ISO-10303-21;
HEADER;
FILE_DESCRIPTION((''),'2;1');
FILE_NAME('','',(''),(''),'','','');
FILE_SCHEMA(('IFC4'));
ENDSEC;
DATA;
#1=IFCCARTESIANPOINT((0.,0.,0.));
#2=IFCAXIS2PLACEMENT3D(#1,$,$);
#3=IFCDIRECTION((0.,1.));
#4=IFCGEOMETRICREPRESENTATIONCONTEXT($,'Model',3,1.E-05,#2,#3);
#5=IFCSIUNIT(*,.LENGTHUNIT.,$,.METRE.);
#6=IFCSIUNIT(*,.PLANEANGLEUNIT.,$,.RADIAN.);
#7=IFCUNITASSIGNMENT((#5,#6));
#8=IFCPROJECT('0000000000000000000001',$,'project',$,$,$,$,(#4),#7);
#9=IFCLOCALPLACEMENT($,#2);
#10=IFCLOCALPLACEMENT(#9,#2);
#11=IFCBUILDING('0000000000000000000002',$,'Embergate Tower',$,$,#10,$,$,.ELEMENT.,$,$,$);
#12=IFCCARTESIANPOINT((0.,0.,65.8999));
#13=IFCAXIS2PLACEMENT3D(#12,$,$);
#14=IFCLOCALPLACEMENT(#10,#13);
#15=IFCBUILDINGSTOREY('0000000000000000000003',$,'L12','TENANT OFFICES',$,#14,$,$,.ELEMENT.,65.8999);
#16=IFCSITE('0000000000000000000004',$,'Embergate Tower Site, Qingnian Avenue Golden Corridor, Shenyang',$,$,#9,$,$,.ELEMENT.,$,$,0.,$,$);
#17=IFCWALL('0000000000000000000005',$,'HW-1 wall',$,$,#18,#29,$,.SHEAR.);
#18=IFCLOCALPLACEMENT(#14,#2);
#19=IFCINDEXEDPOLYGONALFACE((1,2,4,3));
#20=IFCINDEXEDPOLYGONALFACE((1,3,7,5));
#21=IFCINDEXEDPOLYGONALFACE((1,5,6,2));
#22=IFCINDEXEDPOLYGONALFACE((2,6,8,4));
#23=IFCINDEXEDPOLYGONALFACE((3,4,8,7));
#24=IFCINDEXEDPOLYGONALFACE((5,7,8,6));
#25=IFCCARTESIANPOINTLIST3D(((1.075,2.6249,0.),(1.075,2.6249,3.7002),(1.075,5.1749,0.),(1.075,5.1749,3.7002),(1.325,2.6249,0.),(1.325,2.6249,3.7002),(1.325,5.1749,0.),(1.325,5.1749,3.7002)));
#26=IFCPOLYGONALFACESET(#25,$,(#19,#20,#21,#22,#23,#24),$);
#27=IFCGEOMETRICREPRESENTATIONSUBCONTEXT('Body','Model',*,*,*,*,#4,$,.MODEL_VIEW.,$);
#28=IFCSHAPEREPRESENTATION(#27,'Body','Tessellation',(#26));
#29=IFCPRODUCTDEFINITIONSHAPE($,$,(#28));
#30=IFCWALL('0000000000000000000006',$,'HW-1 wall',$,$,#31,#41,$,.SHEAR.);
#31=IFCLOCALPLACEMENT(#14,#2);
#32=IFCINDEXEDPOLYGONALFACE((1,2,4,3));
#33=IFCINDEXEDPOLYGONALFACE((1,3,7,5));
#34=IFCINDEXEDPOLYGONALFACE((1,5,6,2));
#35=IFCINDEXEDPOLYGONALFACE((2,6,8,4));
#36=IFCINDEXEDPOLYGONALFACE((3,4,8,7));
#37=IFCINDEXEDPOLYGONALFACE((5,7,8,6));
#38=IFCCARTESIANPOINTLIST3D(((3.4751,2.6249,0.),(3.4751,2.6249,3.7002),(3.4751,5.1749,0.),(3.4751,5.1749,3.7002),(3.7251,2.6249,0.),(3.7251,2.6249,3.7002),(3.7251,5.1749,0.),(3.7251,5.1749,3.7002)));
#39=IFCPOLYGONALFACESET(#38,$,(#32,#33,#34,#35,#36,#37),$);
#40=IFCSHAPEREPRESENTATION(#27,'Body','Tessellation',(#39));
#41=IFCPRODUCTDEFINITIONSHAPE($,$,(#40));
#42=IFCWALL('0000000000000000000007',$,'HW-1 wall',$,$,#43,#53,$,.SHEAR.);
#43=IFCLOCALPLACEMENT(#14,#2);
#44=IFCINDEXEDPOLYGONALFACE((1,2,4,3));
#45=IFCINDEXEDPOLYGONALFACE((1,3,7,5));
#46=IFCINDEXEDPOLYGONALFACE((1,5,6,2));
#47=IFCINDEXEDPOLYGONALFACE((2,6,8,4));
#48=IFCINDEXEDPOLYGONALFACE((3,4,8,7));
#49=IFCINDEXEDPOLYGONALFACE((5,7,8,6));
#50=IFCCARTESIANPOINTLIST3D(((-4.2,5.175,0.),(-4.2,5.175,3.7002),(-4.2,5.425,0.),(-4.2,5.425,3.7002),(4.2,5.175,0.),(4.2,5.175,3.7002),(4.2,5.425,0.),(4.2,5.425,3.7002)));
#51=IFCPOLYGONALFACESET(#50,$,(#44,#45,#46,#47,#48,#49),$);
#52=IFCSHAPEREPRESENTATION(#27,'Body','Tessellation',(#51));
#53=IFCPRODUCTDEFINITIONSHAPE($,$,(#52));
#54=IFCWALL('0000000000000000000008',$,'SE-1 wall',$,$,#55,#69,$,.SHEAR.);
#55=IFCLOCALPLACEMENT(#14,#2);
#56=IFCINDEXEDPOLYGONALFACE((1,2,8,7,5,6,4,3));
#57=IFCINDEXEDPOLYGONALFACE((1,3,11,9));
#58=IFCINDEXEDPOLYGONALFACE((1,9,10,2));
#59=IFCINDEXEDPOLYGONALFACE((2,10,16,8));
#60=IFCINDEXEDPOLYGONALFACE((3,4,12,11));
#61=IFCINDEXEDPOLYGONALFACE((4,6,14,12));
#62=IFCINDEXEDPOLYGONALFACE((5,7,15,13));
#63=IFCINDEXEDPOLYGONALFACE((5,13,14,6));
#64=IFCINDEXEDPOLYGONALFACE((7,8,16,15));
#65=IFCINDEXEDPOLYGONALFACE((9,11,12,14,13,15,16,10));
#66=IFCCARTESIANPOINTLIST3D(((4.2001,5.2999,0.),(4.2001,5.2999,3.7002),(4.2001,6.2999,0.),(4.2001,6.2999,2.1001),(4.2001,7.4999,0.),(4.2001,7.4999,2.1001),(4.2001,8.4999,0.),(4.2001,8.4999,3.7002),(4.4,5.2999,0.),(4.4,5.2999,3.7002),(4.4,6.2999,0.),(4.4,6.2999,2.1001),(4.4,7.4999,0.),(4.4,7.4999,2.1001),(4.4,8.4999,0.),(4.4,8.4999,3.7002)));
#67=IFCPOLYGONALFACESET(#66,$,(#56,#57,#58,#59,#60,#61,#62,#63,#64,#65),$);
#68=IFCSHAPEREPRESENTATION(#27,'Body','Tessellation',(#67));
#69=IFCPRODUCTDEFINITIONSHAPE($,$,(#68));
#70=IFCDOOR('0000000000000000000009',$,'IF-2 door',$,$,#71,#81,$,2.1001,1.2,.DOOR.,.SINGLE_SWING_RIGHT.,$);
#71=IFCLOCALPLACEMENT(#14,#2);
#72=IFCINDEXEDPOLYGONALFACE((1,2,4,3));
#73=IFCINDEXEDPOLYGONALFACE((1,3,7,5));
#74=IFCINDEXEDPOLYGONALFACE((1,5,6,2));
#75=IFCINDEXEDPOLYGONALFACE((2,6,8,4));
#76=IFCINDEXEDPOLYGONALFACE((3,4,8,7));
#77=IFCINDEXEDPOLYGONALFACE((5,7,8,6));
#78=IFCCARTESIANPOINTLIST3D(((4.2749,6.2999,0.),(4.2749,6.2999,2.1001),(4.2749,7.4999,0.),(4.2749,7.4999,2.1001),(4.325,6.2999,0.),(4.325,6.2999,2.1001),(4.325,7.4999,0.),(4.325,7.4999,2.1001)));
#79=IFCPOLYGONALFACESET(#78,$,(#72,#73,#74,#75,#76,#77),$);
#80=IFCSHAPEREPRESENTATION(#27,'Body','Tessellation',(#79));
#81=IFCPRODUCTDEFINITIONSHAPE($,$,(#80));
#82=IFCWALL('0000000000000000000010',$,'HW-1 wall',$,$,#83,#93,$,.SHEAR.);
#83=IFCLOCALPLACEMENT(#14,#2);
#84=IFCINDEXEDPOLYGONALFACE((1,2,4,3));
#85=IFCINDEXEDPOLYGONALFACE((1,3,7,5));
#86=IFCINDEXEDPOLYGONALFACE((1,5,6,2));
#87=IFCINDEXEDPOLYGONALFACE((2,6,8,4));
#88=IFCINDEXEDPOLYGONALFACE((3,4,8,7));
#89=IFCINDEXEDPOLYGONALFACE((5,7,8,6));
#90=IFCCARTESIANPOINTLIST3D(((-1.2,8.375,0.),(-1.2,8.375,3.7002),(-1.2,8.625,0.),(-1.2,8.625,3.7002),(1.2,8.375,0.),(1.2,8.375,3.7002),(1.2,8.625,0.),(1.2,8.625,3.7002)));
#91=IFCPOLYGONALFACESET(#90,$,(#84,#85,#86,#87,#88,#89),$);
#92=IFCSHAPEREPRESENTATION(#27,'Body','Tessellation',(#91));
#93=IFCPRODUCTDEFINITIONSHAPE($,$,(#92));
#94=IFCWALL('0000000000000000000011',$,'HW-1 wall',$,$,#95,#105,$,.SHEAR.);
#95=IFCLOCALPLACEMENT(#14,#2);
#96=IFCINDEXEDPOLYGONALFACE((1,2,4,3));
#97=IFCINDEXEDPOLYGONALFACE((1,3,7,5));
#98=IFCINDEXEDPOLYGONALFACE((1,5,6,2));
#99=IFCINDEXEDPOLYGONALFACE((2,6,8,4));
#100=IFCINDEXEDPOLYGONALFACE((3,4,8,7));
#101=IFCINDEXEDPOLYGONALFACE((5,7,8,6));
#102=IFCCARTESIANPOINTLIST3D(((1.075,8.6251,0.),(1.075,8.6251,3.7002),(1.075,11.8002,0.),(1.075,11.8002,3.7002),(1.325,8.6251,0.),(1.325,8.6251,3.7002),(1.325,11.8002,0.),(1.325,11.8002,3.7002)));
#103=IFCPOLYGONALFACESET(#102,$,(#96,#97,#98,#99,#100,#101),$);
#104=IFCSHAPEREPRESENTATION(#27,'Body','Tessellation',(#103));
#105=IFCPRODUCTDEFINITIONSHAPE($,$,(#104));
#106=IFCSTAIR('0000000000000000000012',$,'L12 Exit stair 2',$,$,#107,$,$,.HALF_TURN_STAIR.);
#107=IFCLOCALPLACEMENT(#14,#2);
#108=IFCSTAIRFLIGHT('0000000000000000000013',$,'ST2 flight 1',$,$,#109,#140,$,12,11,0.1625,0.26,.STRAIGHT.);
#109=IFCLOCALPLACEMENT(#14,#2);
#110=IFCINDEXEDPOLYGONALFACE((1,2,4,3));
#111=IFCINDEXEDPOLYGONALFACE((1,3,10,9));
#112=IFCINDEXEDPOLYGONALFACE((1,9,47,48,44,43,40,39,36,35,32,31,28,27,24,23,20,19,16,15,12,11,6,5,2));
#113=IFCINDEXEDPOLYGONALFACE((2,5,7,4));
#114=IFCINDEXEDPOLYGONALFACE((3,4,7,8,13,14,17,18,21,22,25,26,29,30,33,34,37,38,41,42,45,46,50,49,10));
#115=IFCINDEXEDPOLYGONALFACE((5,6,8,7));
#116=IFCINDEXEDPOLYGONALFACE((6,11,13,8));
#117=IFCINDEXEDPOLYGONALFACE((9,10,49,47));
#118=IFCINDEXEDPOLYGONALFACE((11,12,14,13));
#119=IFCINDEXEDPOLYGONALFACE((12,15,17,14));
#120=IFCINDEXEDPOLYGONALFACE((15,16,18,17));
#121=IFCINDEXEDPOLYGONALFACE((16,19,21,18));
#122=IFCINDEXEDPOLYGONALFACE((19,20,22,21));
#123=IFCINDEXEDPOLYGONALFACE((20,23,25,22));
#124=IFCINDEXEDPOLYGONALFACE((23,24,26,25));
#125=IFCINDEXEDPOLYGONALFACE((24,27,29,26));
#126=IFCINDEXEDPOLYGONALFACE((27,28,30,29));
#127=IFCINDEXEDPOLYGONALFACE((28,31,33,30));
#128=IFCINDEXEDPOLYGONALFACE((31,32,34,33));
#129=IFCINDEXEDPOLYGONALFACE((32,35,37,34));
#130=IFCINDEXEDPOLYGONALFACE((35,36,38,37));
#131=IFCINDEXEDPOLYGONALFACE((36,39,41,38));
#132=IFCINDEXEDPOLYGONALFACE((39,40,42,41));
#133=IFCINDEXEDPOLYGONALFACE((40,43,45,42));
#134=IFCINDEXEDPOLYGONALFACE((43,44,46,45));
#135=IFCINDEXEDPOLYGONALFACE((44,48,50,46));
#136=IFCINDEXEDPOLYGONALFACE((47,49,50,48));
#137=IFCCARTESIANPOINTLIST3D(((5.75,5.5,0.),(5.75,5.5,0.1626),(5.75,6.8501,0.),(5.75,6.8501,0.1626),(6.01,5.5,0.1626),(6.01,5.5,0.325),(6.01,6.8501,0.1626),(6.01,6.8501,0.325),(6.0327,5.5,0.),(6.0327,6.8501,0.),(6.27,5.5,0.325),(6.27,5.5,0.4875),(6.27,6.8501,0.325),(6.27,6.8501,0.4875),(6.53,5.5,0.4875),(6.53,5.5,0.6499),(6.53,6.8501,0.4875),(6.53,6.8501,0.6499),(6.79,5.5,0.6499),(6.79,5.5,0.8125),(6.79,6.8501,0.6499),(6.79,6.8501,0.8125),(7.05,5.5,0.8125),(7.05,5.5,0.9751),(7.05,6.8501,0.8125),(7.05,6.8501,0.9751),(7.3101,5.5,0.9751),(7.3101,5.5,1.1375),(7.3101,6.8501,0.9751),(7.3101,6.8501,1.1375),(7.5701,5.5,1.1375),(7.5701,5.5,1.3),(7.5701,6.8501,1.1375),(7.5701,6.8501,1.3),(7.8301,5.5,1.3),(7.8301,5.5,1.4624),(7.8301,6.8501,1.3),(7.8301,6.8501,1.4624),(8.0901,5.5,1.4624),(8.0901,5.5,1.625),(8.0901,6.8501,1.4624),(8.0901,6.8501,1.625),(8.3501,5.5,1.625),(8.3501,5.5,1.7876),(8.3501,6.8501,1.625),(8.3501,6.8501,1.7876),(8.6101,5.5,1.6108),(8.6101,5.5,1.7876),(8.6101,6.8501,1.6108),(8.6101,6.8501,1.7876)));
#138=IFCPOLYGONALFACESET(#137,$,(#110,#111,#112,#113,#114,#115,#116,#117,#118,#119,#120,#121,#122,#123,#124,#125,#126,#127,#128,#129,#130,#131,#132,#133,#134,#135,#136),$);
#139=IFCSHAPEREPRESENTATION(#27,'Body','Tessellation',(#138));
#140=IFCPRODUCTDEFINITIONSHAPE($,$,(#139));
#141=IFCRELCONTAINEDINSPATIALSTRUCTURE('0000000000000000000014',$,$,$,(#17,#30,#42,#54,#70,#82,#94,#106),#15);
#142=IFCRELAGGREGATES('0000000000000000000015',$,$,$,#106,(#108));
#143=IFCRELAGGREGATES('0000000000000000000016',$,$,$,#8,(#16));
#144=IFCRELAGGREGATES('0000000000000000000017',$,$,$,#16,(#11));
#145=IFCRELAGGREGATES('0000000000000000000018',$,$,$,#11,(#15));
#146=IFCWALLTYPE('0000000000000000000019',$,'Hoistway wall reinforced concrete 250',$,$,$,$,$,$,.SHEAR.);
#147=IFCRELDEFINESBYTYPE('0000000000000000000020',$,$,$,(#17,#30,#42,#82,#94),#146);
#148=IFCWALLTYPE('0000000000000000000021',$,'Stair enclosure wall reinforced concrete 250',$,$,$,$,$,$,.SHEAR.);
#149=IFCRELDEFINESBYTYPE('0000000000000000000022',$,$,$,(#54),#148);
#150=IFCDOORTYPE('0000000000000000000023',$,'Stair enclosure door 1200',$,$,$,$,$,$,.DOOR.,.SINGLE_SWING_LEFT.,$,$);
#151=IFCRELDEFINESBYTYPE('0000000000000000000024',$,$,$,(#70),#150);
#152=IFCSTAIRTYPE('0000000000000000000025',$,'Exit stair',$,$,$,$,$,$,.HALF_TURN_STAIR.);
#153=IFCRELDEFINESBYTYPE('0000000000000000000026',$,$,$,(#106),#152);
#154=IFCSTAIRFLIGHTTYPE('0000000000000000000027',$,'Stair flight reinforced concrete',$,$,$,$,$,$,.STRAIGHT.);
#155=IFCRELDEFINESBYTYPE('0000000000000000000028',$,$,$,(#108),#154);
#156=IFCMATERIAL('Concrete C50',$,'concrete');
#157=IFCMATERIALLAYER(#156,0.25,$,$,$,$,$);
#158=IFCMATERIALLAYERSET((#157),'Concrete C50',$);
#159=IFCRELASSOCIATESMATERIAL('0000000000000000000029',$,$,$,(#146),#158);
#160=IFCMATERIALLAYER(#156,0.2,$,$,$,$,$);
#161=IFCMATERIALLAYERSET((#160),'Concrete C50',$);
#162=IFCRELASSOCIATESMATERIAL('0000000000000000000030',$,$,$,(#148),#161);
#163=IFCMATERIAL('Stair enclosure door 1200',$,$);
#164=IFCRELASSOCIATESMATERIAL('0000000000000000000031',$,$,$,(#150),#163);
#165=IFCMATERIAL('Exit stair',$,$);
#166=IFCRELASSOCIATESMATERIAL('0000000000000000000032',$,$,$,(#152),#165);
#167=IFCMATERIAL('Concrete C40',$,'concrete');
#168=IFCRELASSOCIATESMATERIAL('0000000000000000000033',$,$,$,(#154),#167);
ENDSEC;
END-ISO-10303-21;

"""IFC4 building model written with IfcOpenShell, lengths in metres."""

from ifc_helpers import new_model, si_unit, direction, frame, frame_2d, origin, place, context, subcontext, project, spatial, polyline, rectangle, outline, extrude, source, transform, mapped, material, layer, layer_set, type_object, element, fill, aggregate, save


model = new_model("IFC4")

# Units and contexts
model_context = context("Model", 3, precision=1e-05, world=origin(), true_north=direction((0.0, 1.0)))
body_context = subcontext(model_context, "Body", "Model", "MODEL_VIEW")
ifc_project = project(units=[si_unit("LENGTHUNIT", "METRE"), si_unit("PLANEANGLEUNIT", "RADIAN")], contexts=[model_context])

# Site, building, storey
site_placement = place(None, origin())
site = spatial("IfcSite", under=ifc_project, at=site_placement, Name="Embergate Tower Site, Qingnian Avenue Golden Corridor, Shenyang", CompositionType="ELEMENT", RefElevation=0.0)
building_placement = place(site_placement, origin())
building = spatial("IfcBuilding", under=site, at=building_placement, Name="Embergate Tower", CompositionType="ELEMENT")
storey_placement = place(building_placement, frame((0.0, 0.0, 65.8999)))
storey = spatial("IfcBuildingStorey", under=building, at=storey_placement, Name="L12", Description="TENANT OFFICES", CompositionType="ELEMENT", Elevation=65.8999)

# Shared definitions
shared_shape_1 = source(origin(), body_context, "Body", "SweptSolid", [
    extrude(rectangle(XDim=1.2, YDim=2.1001, at=frame_2d((0.6001, 1.05))), frame((0.0, 0.0249, 0.0), z_axis=(0.0, -1.0, 0.0), x_axis=(1.0, 0.0, 0.0)), (0.0, 0.0, 1.0), 0.05),
])

# Walls
ifc_material_1 = material(Name="Concrete C50", Category="concrete")
ifc_layer_1 = layer(ifc_material_1, 0.25)
ifc_layer_set_1 = layer_set([ifc_layer_1], Name="Concrete C50")
wall_type_1 = type_object("IfcWallType", Name="Hoistway wall reinforced concrete 250", PredefinedType="SHEAR", material=ifc_layer_set_1)
shared_shape_2 = source(origin(), body_context, "Body", "SweptSolid", [
    extrude(rectangle(XDim=2.55, YDim=0.25, at=frame_2d((1.2749, 0.0))), origin(), (0.0, 0.0, 1.0), 3.7002),
])
for number, where, z_axis, x_axis, name in (
    (1, (1.2, 2.625, 0.0), (0.0, 0.0, 1.0), (0.0, 1.0, 0.0), "HW-1 wall"),
    (2, (3.6001, 2.625, 0.0), (0.0, 0.0, 1.0), (0.0, 1.0, 0.0), "HW-1 wall"),
):
    element("IfcWall", number, at=place(storey_placement, frame(where, z_axis=z_axis, x_axis=x_axis)), inside=storey, type_object=wall_type_1, Name=name, PredefinedType="SHEAR", context=body_context, shape_type="MappedRepresentation", body=[
        mapped(shared_shape_2, transform((0.0, 0.0, 0.0))),
    ])
shared_shape_3 = source(origin(), body_context, "Body", "SweptSolid", [
    extrude(rectangle(XDim=8.3999, YDim=0.25, at=frame_2d((4.2, 0.0))), origin(), (0.0, 0.0, 1.0), 3.7002),
])
wall_1_placement = place(storey_placement, frame((4.2, 5.3, 0.0), z_axis=(0.0, 0.0, 1.0), x_axis=(-1.0, 0.0, 0.0)))
element("IfcWall", 3, at=wall_1_placement, inside=storey, type_object=wall_type_1, Name="HW-1 wall", PredefinedType="SHEAR", context=body_context, shape_type="MappedRepresentation", body=[
    mapped(shared_shape_3, transform((0.0, 0.0, 0.0))),
])

# Wall, opening, door
ifc_layer_2 = layer(ifc_material_1, 0.2)
ifc_layer_set_2 = layer_set([ifc_layer_2], Name="Concrete C50")
wall_type_2 = type_object("IfcWallType", Name="Stair enclosure wall reinforced concrete 250", PredefinedType="SHEAR", material=ifc_layer_set_2)
shared_shape_4 = source(origin(), body_context, "Body", "SweptSolid", [
    extrude(rectangle(XDim=3.2, YDim=0.2, at=frame_2d((1.6001, 0.0))), origin(), (0.0, 0.0, 1.0), 3.7002),
])
wall_2_placement = place(storey_placement, frame((4.3, 8.5, 0.0), z_axis=(0.0, 0.0, 1.0), x_axis=(0.0, -1.0, 0.0)))
wall_2 = element("IfcWall", 4, at=wall_2_placement, inside=storey, type_object=wall_type_2, Name="SE-1 wall", PredefinedType="SHEAR", context=body_context, shape_type="MappedRepresentation", body=[
    mapped(shared_shape_4, transform((0.0, 0.0, 0.0))),
])
shared_shape_5 = source(origin(), body_context, "Body", "SweptSolid", [
    extrude(rectangle(XDim=1.2, YDim=2.1001, at=frame_2d((0.6001, 1.05))), frame((0.0, 0.1099, 0.0), z_axis=(0.0, -1.0, 0.0), x_axis=(1.0, 0.0, 0.0)), (0.0, 0.0, 1.0), 0.22),
])
opening_1_placement = place(wall_2_placement, frame((1.0, 0.0, 0.0)))
opening_1 = element("IfcOpeningElement", 5, at=opening_1_placement, cuts=wall_2, PredefinedType="OPENING", context=body_context, shape_type="MappedRepresentation", body=[
    mapped(shared_shape_5, transform((0.0, 0.0, 0.0))),
])
ifc_material_2 = material(Name="Stair enclosure door 1200")
door_type_1 = type_object("IfcDoorType", Name="Stair enclosure door 1200", OperationType="SINGLE_SWING_LEFT", PredefinedType="DOOR", material=ifc_material_2)
door_1_placement = place(opening_1_placement, origin())
door_1 = element("IfcDoor", 6, at=door_1_placement, inside=storey, type_object=door_type_1, Name="IF-2 door", OperationType="SINGLE_SWING_RIGHT", OverallHeight=2.1001, OverallWidth=1.2, PredefinedType="DOOR", context=body_context, shape_type="MappedRepresentation", body=[
    mapped(shared_shape_1, transform((0.0, 0.0, 0.0))),
])
fill(opening_1, door_1)

# Walls
shared_shape_6 = source(origin(), body_context, "Body", "SweptSolid", [
    extrude(rectangle(XDim=2.3999, YDim=0.25, at=frame_2d((1.2, 0.0))), origin(), (0.0, 0.0, 1.0), 3.7002),
])
wall_3_placement = place(storey_placement, frame((1.2, 8.5, 0.0), z_axis=(0.0, 0.0, 1.0), x_axis=(-1.0, 0.0, 0.0)))
element("IfcWall", 7, at=wall_3_placement, inside=storey, type_object=wall_type_1, Name="HW-1 wall", PredefinedType="SHEAR", context=body_context, shape_type="MappedRepresentation", body=[
    mapped(shared_shape_6, transform((0.0, 0.0, 0.0))),
])
shared_shape_7 = source(origin(), body_context, "Body", "SweptSolid", [
    extrude(rectangle(XDim=3.175, YDim=0.25, at=frame_2d((1.5874, 0.0))), origin(), (0.0, 0.0, 1.0), 3.7002),
])
wall_4_placement = place(storey_placement, frame((1.2, 11.8, 0.0), z_axis=(0.0, 0.0, 1.0), x_axis=(0.0, -1.0, 0.0)))
element("IfcWall", 8, at=wall_4_placement, inside=storey, type_object=wall_type_1, Name="HW-1 wall", PredefinedType="SHEAR", context=body_context, shape_type="MappedRepresentation", body=[
    mapped(shared_shape_7, transform((0.0, 0.0, 0.0))),
])

# Stair, stair flight
ifc_material_3 = material(Name="Exit stair")
stair_type = type_object("IfcStairType", Name="Exit stair", PredefinedType="HALF_TURN_STAIR", material=ifc_material_3)
stair_placement = place(storey_placement, origin())
stair = element("IfcStair", 9, at=stair_placement, inside=storey, type_object=stair_type, Name="L12 Exit stair 2", PredefinedType="HALF_TURN_STAIR")
ifc_material_4 = material(Name="Concrete C40", Category="concrete")
stair_flight_type = type_object("IfcStairFlightType", Name="Stair flight reinforced concrete", PredefinedType="STRAIGHT", material=ifc_material_4)
shared_shape_8 = source(origin(), body_context, "Body", "SweptSolid", [
    extrude(outline(polyline([(0.0, 0.0), (0.0, 0.1626), (0.26, 0.1626), (0.26, 0.325), (0.52, 0.325), (0.52, 0.4875), (0.78, 0.4875), (0.78, 0.6499), (1.04, 0.6499), (1.04, 0.8125), (1.3, 0.8125), (1.3, 0.9751), (1.5601, 0.9751), (1.5601, 1.1375), (1.8201, 1.1375), (1.8201, 1.3), (2.0801, 1.3), (2.0801, 1.4624), (2.3401, 1.4624), (2.3401, 1.625), (2.6001, 1.625), (2.6001, 1.7876), (2.8601, 1.7876), (2.8601, 1.95), (2.8601, 1.6108), (0.2827, 0.0), (0.0, 0.0)])), frame((0.0, 0.675, 0.0), z_axis=(0.0, -1.0, 0.0), x_axis=(1.0, 0.0, 0.0)), (0.0, 0.0, 1.0), 1.3501),
])
stair_flight_placement = place(storey_placement, frame((5.75, 6.175, 0.0), z_axis=(0.0, 0.0, 1.0), x_axis=(1.0, 0.0, 0.0)))
stair_flight = element("IfcStairFlight", 10, at=stair_flight_placement, type_object=stair_flight_type, Name="ST2 flight 1", NumberOfRisers=12, NumberOfTreads=11, PredefinedType="STRAIGHT", RiserHeight=0.1625, TreadLength=0.26, context=body_context, shape_type="MappedRepresentation", body=[
    mapped(shared_shape_8, transform((0.0, 0.0, 0.0))),
])
aggregate(stair, [stair_flight])

save(model, "model.ifc")
